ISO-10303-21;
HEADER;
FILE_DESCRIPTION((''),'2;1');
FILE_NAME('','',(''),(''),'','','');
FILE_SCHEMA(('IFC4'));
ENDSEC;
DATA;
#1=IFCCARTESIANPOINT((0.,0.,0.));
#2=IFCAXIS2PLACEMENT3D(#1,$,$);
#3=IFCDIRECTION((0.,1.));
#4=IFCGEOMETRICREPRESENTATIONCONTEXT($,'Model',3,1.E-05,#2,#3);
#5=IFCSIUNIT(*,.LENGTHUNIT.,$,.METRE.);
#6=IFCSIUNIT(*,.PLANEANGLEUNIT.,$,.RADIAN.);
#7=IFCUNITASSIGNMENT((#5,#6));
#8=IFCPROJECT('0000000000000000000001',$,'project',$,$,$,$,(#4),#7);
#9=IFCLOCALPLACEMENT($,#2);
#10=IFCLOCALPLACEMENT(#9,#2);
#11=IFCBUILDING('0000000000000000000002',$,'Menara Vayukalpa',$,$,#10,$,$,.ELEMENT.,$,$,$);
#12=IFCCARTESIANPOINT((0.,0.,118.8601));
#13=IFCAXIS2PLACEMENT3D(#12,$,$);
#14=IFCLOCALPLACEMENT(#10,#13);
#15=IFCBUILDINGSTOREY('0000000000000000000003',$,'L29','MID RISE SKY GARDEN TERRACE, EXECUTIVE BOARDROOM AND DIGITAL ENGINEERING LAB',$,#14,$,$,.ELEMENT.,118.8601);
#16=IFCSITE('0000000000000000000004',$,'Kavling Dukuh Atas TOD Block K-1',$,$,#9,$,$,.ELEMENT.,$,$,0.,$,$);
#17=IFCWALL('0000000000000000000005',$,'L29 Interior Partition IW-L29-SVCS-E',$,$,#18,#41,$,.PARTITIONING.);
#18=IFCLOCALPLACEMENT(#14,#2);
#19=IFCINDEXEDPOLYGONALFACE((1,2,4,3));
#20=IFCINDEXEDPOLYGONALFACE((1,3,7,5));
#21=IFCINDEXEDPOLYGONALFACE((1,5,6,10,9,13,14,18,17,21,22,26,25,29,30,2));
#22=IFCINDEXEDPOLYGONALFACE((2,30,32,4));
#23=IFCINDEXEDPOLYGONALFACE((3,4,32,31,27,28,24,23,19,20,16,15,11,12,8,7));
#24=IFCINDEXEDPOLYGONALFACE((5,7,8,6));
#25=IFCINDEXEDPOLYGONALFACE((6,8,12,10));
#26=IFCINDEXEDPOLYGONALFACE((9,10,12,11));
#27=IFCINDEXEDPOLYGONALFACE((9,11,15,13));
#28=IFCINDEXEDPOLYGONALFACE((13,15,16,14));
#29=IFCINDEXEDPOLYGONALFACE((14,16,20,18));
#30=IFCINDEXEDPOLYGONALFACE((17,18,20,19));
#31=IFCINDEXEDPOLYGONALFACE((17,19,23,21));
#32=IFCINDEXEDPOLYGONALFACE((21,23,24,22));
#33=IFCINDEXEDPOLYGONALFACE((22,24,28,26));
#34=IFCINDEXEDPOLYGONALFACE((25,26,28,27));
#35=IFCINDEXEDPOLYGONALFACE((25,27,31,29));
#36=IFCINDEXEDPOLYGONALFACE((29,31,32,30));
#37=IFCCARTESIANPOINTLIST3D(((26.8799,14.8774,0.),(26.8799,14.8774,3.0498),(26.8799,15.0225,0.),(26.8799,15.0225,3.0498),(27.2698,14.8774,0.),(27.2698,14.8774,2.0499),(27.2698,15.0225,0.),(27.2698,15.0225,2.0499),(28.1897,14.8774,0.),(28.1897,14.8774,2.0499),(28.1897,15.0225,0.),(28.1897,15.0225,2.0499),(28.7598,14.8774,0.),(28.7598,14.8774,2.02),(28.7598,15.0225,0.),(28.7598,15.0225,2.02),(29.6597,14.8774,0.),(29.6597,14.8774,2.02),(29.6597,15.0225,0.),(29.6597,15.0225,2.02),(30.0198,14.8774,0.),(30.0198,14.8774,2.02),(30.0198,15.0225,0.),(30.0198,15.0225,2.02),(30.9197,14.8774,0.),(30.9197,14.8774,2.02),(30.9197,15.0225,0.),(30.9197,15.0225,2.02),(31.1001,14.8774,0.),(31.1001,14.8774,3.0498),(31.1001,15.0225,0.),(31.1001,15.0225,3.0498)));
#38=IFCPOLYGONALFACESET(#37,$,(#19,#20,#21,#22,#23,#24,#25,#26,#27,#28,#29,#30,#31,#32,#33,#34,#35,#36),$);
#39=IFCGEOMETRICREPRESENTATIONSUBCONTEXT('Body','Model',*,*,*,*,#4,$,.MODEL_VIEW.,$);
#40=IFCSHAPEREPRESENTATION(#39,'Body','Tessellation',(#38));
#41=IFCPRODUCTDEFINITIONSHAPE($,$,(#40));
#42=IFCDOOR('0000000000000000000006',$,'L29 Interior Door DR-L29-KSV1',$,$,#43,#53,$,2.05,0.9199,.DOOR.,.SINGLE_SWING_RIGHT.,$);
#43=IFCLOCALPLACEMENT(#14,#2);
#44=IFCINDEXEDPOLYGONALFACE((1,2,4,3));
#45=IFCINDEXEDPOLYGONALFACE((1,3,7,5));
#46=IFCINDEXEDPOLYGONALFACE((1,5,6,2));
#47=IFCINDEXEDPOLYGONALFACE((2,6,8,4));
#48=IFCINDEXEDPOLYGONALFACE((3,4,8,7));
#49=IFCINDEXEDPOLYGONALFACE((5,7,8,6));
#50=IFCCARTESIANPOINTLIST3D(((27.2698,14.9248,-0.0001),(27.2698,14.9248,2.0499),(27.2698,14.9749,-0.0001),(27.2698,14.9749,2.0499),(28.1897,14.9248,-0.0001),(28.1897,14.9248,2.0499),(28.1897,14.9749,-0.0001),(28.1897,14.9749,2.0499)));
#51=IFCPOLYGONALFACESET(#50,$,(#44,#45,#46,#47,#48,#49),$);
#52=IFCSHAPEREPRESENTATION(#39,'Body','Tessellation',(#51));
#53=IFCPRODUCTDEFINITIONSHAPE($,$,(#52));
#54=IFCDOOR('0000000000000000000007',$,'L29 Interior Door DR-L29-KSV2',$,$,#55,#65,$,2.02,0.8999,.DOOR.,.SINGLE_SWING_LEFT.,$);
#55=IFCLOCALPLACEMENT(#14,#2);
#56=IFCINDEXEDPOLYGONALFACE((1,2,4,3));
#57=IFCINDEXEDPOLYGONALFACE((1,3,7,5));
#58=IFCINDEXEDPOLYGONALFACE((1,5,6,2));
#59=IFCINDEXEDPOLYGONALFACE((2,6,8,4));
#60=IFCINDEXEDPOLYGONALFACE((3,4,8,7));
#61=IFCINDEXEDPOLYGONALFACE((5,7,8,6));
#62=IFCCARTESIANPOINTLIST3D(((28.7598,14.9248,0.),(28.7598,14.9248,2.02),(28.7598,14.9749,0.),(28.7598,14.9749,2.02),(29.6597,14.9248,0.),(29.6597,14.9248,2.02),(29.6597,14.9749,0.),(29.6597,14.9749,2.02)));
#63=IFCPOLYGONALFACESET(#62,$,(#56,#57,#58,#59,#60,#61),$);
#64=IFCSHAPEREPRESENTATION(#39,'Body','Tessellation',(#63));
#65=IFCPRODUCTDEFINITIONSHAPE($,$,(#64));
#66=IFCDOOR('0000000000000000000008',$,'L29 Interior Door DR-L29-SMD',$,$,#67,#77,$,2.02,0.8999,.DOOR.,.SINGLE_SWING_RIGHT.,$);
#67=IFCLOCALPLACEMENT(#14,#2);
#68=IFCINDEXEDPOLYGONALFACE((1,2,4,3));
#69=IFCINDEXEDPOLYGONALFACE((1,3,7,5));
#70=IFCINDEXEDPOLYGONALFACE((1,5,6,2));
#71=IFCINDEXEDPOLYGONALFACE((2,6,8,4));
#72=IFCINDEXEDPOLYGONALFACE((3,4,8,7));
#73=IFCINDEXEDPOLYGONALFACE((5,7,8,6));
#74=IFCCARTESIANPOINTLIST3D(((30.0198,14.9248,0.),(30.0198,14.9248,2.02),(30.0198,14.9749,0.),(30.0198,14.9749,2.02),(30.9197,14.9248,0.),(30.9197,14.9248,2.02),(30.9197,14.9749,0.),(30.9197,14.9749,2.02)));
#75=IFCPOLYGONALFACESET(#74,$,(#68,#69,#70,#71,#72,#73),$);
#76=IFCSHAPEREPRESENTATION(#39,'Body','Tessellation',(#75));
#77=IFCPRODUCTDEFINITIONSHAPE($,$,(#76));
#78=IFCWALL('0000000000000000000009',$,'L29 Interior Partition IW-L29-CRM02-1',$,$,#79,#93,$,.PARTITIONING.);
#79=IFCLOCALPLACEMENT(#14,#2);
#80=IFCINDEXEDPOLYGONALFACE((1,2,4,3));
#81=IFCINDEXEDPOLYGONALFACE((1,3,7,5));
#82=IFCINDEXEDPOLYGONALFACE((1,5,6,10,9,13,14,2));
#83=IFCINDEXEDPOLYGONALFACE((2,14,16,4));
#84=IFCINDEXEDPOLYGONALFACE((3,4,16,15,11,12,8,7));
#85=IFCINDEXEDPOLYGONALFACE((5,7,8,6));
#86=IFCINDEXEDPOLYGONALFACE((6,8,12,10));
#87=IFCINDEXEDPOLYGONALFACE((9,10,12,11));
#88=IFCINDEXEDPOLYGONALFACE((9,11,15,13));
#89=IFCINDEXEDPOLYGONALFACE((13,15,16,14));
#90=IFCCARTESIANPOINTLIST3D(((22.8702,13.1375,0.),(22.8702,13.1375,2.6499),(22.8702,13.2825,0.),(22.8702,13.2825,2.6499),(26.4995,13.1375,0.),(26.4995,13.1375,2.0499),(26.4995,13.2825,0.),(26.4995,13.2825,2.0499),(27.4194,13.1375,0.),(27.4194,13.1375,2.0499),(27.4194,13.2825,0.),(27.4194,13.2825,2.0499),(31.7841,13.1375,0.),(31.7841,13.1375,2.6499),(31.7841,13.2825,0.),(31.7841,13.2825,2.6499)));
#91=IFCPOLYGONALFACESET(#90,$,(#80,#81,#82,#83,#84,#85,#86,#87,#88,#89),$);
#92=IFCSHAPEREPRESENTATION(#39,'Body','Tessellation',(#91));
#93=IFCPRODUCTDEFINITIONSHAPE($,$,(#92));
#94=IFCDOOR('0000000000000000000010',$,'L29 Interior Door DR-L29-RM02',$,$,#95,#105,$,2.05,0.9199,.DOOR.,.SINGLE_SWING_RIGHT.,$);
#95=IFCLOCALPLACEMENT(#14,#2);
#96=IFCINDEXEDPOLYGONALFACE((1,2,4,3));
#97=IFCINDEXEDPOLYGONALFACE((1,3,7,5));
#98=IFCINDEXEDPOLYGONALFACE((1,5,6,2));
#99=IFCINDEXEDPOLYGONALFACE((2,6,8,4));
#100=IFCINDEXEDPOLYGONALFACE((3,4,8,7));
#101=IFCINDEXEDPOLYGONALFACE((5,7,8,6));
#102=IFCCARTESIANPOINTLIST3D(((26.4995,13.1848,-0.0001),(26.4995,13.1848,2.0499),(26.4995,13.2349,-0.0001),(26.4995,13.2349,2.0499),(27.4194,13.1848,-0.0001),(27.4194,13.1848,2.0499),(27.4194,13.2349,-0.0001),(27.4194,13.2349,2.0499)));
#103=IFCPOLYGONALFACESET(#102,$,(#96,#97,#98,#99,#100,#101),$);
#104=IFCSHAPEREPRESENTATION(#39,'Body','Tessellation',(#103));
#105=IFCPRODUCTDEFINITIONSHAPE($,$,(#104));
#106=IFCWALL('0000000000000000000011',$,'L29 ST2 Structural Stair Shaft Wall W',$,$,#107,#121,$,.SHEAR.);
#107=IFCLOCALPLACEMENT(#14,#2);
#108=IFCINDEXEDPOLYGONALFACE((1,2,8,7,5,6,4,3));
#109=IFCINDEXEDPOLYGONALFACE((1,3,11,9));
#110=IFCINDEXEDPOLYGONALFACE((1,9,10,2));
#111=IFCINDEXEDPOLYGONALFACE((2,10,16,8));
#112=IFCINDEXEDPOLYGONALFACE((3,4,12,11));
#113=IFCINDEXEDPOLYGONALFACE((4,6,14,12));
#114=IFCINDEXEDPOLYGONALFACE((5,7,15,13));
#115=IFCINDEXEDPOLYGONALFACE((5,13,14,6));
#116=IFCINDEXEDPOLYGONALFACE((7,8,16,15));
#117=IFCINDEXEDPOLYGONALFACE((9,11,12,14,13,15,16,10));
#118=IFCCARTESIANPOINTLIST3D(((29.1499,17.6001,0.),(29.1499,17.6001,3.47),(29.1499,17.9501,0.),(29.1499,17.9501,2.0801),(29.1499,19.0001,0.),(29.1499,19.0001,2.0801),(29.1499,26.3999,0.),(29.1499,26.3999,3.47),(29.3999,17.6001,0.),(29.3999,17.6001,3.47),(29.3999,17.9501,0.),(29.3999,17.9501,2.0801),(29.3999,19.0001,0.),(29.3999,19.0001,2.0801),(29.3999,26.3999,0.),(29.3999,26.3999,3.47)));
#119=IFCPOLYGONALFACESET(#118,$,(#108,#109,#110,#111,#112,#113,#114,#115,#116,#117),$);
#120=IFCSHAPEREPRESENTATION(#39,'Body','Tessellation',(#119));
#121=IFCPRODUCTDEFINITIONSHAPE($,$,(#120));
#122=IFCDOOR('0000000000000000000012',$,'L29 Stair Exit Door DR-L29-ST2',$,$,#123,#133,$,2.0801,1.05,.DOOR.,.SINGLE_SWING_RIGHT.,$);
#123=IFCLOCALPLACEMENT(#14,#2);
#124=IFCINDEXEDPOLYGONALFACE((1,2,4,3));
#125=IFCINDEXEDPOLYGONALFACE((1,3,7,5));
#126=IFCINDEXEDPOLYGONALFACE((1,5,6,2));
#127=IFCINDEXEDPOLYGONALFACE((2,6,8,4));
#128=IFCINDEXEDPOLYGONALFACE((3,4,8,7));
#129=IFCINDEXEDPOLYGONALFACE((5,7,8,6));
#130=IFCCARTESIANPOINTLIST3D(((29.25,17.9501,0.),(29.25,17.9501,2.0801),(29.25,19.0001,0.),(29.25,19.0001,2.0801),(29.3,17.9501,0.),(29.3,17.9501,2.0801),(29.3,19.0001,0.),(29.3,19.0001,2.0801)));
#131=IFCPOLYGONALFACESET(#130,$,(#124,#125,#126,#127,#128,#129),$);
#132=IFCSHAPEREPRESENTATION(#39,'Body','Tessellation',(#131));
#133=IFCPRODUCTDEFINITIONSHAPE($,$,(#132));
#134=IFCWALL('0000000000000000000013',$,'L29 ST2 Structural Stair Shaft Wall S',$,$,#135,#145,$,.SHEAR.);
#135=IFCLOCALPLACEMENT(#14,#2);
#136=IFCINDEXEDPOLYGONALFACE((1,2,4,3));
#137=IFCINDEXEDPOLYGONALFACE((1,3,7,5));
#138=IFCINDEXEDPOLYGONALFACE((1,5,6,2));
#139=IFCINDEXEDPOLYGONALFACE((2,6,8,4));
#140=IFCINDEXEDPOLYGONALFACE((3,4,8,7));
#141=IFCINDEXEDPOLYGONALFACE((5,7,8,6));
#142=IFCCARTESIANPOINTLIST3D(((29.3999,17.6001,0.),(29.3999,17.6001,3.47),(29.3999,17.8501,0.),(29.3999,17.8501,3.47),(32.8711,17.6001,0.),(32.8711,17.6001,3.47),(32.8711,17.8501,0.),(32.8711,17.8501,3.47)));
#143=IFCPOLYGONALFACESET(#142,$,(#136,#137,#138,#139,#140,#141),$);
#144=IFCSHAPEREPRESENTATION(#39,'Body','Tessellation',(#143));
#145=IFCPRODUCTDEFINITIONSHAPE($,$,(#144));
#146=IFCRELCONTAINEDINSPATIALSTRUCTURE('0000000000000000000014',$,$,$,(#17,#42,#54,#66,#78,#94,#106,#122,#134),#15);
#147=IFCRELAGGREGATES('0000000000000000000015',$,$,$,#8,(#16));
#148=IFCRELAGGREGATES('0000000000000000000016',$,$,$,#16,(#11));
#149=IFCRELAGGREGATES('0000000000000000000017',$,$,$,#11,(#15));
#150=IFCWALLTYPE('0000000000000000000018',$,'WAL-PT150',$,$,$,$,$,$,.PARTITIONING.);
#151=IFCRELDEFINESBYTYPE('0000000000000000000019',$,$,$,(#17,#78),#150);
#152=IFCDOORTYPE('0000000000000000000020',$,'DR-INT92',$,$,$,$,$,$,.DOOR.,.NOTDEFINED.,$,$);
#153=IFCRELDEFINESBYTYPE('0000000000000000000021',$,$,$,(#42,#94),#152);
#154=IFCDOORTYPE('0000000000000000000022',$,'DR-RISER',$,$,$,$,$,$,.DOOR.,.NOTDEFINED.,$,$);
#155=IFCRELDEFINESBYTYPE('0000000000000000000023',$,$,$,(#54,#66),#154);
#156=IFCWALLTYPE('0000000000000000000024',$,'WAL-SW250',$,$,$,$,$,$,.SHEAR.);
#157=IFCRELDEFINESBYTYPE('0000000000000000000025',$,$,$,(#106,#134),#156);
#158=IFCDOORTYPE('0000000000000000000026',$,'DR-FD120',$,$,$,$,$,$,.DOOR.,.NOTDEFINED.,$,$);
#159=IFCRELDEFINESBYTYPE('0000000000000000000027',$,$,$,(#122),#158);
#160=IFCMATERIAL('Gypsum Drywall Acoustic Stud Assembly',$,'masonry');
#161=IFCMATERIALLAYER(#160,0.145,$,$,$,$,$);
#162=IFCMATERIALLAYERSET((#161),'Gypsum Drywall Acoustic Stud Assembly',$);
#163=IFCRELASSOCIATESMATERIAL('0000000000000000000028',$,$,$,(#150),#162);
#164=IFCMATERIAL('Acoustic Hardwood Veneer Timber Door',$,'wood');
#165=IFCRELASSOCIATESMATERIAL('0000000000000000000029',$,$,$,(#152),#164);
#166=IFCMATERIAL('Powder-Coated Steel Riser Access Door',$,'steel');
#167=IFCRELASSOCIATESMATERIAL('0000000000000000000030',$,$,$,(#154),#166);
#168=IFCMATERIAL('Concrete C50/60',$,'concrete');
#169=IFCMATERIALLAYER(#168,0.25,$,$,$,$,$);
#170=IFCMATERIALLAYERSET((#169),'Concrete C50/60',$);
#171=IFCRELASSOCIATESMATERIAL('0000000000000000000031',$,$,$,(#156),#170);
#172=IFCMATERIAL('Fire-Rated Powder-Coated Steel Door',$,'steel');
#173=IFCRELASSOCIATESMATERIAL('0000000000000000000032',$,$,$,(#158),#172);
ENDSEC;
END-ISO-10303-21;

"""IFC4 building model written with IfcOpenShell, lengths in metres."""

from ifc_helpers import new_model, si_unit, direction, frame, frame_2d, origin, place, context, subcontext, project, spatial, rectangle, extrude, material, layer, layer_set, type_object, element, fill, save


model = new_model("IFC4")

# Units and contexts
model_context = context("Model", 3, precision=1e-05, world=origin(), true_north=direction((0.0, 1.0)))
body_context = subcontext(model_context, "Body", "Model", "MODEL_VIEW")
ifc_project = project(units=[si_unit("LENGTHUNIT", "METRE"), si_unit("PLANEANGLEUNIT", "RADIAN")], contexts=[model_context])

# Site, building, storey
site_placement = place(None, origin())
site = spatial("IfcSite", under=ifc_project, at=site_placement, Name="Kavling Dukuh Atas TOD Block K-1", CompositionType="ELEMENT", RefElevation=0.0)
building_placement = place(site_placement, origin())
building = spatial("IfcBuilding", under=site, at=building_placement, Name="Menara Vayukalpa", CompositionType="ELEMENT")
storey_placement = place(building_placement, frame((0.0, 0.0, 118.8601)))
storey = spatial("IfcBuildingStorey", under=building, at=storey_placement, Name="L29", Description="MID RISE SKY GARDEN TERRACE, EXECUTIVE BOARDROOM AND DIGITAL ENGINEERING LAB", CompositionType="ELEMENT", Elevation=118.8601)

# Wall, openings, doors
ifc_material_1 = material(Name="Gypsum Drywall Acoustic Stud Assembly", Category="masonry")
ifc_layer_1 = layer(ifc_material_1, 0.145)
ifc_layer_set_1 = layer_set([ifc_layer_1], Name="Gypsum Drywall Acoustic Stud Assembly")
wall_type_1 = type_object("IfcWallType", Name="WAL-PT150", PredefinedType="PARTITIONING", material=ifc_layer_set_1)
wall_1_placement = place(storey_placement, frame((26.8799, 14.95, 0.0), z_axis=(0.0, 0.0, 1.0), x_axis=(1.0, 0.0, 0.0)))
wall_1 = element("IfcWall", 1, at=wall_1_placement, inside=storey, type_object=wall_type_1, Name="L29 Interior Partition IW-L29-SVCS-E", PredefinedType="PARTITIONING", context=body_context, shape_type="SweptSolid", body=[
    extrude(rectangle(XDim=4.2202, YDim=0.145, at=frame_2d((2.1101, 0.0))), origin(), (0.0, 0.0, 1.0), 3.0498),
])
opening_1_placement = place(wall_1_placement, frame((0.3899, 0.0, 0.0)))
opening_1 = element("IfcOpeningElement", 2, at=opening_1_placement, cuts=wall_1, PredefinedType="OPENING", context=body_context, shape_type="SweptSolid", body=[
    extrude(rectangle(XDim=0.9199, YDim=2.05, at=frame_2d((0.46, 1.0249))), frame((0.0, 0.0825, 0.0), z_axis=(0.0, -1.0, 0.0), x_axis=(1.0, 0.0, 0.0)), (0.0, 0.0, 1.0), 0.165),
])
opening_2_placement = place(wall_1_placement, frame((1.8799, 0.0, 0.0)))
opening_2 = element("IfcOpeningElement", 3, at=opening_2_placement, cuts=wall_1, PredefinedType="OPENING", context=body_context, shape_type="SweptSolid", body=[
    extrude(rectangle(XDim=0.8999, YDim=2.02, at=frame_2d((0.45, 1.01))), frame((0.0, 0.0825, 0.0), z_axis=(0.0, -1.0, 0.0), x_axis=(1.0, 0.0, 0.0)), (0.0, 0.0, 1.0), 0.165),
])
opening_3_placement = place(wall_1_placement, frame((3.1399, 0.0, 0.0)))
opening_3 = element("IfcOpeningElement", 4, at=opening_3_placement, cuts=wall_1, PredefinedType="OPENING", context=body_context, shape_type="SweptSolid", body=[
    extrude(rectangle(XDim=0.8999, YDim=2.02, at=frame_2d((0.45, 1.01))), frame((0.0, 0.0825, 0.0), z_axis=(0.0, -1.0, 0.0), x_axis=(1.0, 0.0, 0.0)), (0.0, 0.0, 1.0), 0.165),
])
ifc_material_2 = material(Name="Acoustic Hardwood Veneer Timber Door", Category="wood")
door_type_1 = type_object("IfcDoorType", Name="DR-INT92", OperationType="NOTDEFINED", PredefinedType="DOOR", material=ifc_material_2)
door_1_placement = place(opening_1_placement, origin())
door_1 = element("IfcDoor", 5, at=door_1_placement, inside=storey, type_object=door_type_1, Name="L29 Interior Door DR-L29-KSV1", OperationType="SINGLE_SWING_RIGHT", OverallHeight=2.05, OverallWidth=0.9199, PredefinedType="DOOR", context=body_context, shape_type="SweptSolid", body=[
    extrude(rectangle(XDim=0.9199, YDim=2.05, at=frame_2d((0.46, 1.0249))), frame((0.0, 0.0249, 0.0), z_axis=(0.0, -1.0, 0.0), x_axis=(1.0, 0.0, 0.0)), (0.0, 0.0, 1.0), 0.05),
])
fill(opening_1, door_1)
ifc_material_3 = material(Name="Powder-Coated Steel Riser Access Door", Category="steel")
door_type_2 = type_object("IfcDoorType", Name="DR-RISER", OperationType="NOTDEFINED", PredefinedType="DOOR", material=ifc_material_3)
door_2_placement = place(opening_2_placement, origin())
door_2 = element("IfcDoor", 6, at=door_2_placement, inside=storey, type_object=door_type_2, Name="L29 Interior Door DR-L29-KSV2", OperationType="SINGLE_SWING_LEFT", OverallHeight=2.02, OverallWidth=0.8999, PredefinedType="DOOR", context=body_context, shape_type="SweptSolid", body=[
    extrude(rectangle(XDim=0.8999, YDim=2.02, at=frame_2d((0.45, 1.01))), frame((0.0, 0.0249, 0.0), z_axis=(0.0, -1.0, 0.0), x_axis=(1.0, 0.0, 0.0)), (0.0, 0.0, 1.0), 0.05),
])
fill(opening_2, door_2)
door_3_placement = place(opening_3_placement, origin())
door_3 = element("IfcDoor", 7, at=door_3_placement, inside=storey, type_object=door_type_2, Name="L29 Interior Door DR-L29-SMD", OperationType="SINGLE_SWING_RIGHT", OverallHeight=2.02, OverallWidth=0.8999, PredefinedType="DOOR", context=body_context, shape_type="SweptSolid", body=[
    extrude(rectangle(XDim=0.8999, YDim=2.02, at=frame_2d((0.45, 1.01))), frame((0.0, 0.0249, 0.0), z_axis=(0.0, -1.0, 0.0), x_axis=(1.0, 0.0, 0.0)), (0.0, 0.0, 1.0), 0.05),
])
fill(opening_3, door_3)

# Walls, openings, doors
wall_2_placement = place(storey_placement, frame((22.8701, 13.21, 0.0), z_axis=(0.0, 0.0, 1.0), x_axis=(1.0, 0.0, 0.0)))
wall_2 = element("IfcWall", 8, at=wall_2_placement, inside=storey, type_object=wall_type_1, Name="L29 Interior Partition IW-L29-CRM02-1", PredefinedType="PARTITIONING", context=body_context, shape_type="SweptSolid", body=[
    extrude(rectangle(XDim=8.9138, YDim=0.145, at=frame_2d((4.457, 0.0))), origin(), (0.0, 0.0, 1.0), 2.6499),
])
opening_4_placement = place(wall_2_placement, frame((3.6294, 0.0, 0.0)))
opening_4 = element("IfcOpeningElement", 9, at=opening_4_placement, cuts=wall_2, PredefinedType="OPENING", context=body_context, shape_type="SweptSolid", body=[
    extrude(rectangle(XDim=0.9199, YDim=2.05, at=frame_2d((0.46, 1.0249))), frame((0.0, 0.0825, 0.0), z_axis=(0.0, -1.0, 0.0), x_axis=(1.0, 0.0, 0.0)), (0.0, 0.0, 1.0), 0.165),
])
door_4_placement = place(opening_4_placement, origin())
door_4 = element("IfcDoor", 10, at=door_4_placement, inside=storey, type_object=door_type_1, Name="L29 Interior Door DR-L29-RM02", OperationType="SINGLE_SWING_RIGHT", OverallHeight=2.05, OverallWidth=0.9199, PredefinedType="DOOR", context=body_context, shape_type="SweptSolid", body=[
    extrude(rectangle(XDim=0.9199, YDim=2.05, at=frame_2d((0.46, 1.0249))), frame((0.0, 0.0249, 0.0), z_axis=(0.0, -1.0, 0.0), x_axis=(1.0, 0.0, 0.0)), (0.0, 0.0, 1.0), 0.05),
])
fill(opening_4, door_4)
ifc_material_4 = material(Name="Concrete C50/60", Category="concrete")
ifc_layer_2 = layer(ifc_material_4, 0.25)
ifc_layer_set_2 = layer_set([ifc_layer_2], Name="Concrete C50/60")
wall_type_2 = type_object("IfcWallType", Name="WAL-SW250", PredefinedType="SHEAR", material=ifc_layer_set_2)
wall_3_placement = place(storey_placement, frame((29.2749, 17.6001, 0.0), z_axis=(0.0, 0.0, 1.0), x_axis=(0.0, 1.0, 0.0)))
wall_3 = element("IfcWall", 11, at=wall_3_placement, inside=storey, type_object=wall_type_2, Name="L29 ST2 Structural Stair Shaft Wall W", PredefinedType="SHEAR", context=body_context, shape_type="SweptSolid", body=[
    extrude(rectangle(XDim=8.7998, YDim=0.25, at=frame_2d((4.3999, 0.0))), origin(), (0.0, 0.0, 1.0), 3.47),
])
opening_5_placement = place(wall_3_placement, frame((0.3501, 0.0, 0.0)))
opening_5 = element("IfcOpeningElement", 12, at=opening_5_placement, cuts=wall_3, PredefinedType="OPENING", context=body_context, shape_type="SweptSolid", body=[
    extrude(rectangle(XDim=1.05, YDim=2.0801, at=frame_2d((0.5249, 1.04))), frame((0.0, 0.135, 0.0), z_axis=(0.0, -1.0, 0.0), x_axis=(1.0, 0.0, 0.0)), (0.0, 0.0, 1.0), 0.27),
])
ifc_material_5 = material(Name="Fire-Rated Powder-Coated Steel Door", Category="steel")
door_type_3 = type_object("IfcDoorType", Name="DR-FD120", OperationType="NOTDEFINED", PredefinedType="DOOR", material=ifc_material_5)
door_5_placement = place(opening_5_placement, origin())
door_5 = element("IfcDoor", 13, at=door_5_placement, inside=storey, type_object=door_type_3, Name="L29 Stair Exit Door DR-L29-ST2", OperationType="SINGLE_SWING_RIGHT", OverallHeight=2.0801, OverallWidth=1.05, PredefinedType="DOOR", context=body_context, shape_type="SweptSolid", body=[
    extrude(rectangle(XDim=1.05, YDim=2.0801, at=frame_2d((0.5249, 1.04))), frame((0.0, 0.0249, 0.0), z_axis=(0.0, -1.0, 0.0), x_axis=(1.0, 0.0, 0.0)), (0.0, 0.0, 1.0), 0.05),
])
fill(opening_5, door_5)

# Wall
wall_4_placement = place(storey_placement, frame((29.3999, 17.7251, 0.0), z_axis=(0.0, 0.0, 1.0), x_axis=(1.0, 0.0, 0.0)))
element("IfcWall", 14, at=wall_4_placement, inside=storey, type_object=wall_type_2, Name="L29 ST2 Structural Stair Shaft Wall S", PredefinedType="SHEAR", context=body_context, shape_type="SweptSolid", body=[
    extrude(rectangle(XDim=3.4712, YDim=0.25, at=frame_2d((1.7356, 0.0))), origin(), (0.0, 0.0, 1.0), 3.47),
])

save(model, "model.ifc")
